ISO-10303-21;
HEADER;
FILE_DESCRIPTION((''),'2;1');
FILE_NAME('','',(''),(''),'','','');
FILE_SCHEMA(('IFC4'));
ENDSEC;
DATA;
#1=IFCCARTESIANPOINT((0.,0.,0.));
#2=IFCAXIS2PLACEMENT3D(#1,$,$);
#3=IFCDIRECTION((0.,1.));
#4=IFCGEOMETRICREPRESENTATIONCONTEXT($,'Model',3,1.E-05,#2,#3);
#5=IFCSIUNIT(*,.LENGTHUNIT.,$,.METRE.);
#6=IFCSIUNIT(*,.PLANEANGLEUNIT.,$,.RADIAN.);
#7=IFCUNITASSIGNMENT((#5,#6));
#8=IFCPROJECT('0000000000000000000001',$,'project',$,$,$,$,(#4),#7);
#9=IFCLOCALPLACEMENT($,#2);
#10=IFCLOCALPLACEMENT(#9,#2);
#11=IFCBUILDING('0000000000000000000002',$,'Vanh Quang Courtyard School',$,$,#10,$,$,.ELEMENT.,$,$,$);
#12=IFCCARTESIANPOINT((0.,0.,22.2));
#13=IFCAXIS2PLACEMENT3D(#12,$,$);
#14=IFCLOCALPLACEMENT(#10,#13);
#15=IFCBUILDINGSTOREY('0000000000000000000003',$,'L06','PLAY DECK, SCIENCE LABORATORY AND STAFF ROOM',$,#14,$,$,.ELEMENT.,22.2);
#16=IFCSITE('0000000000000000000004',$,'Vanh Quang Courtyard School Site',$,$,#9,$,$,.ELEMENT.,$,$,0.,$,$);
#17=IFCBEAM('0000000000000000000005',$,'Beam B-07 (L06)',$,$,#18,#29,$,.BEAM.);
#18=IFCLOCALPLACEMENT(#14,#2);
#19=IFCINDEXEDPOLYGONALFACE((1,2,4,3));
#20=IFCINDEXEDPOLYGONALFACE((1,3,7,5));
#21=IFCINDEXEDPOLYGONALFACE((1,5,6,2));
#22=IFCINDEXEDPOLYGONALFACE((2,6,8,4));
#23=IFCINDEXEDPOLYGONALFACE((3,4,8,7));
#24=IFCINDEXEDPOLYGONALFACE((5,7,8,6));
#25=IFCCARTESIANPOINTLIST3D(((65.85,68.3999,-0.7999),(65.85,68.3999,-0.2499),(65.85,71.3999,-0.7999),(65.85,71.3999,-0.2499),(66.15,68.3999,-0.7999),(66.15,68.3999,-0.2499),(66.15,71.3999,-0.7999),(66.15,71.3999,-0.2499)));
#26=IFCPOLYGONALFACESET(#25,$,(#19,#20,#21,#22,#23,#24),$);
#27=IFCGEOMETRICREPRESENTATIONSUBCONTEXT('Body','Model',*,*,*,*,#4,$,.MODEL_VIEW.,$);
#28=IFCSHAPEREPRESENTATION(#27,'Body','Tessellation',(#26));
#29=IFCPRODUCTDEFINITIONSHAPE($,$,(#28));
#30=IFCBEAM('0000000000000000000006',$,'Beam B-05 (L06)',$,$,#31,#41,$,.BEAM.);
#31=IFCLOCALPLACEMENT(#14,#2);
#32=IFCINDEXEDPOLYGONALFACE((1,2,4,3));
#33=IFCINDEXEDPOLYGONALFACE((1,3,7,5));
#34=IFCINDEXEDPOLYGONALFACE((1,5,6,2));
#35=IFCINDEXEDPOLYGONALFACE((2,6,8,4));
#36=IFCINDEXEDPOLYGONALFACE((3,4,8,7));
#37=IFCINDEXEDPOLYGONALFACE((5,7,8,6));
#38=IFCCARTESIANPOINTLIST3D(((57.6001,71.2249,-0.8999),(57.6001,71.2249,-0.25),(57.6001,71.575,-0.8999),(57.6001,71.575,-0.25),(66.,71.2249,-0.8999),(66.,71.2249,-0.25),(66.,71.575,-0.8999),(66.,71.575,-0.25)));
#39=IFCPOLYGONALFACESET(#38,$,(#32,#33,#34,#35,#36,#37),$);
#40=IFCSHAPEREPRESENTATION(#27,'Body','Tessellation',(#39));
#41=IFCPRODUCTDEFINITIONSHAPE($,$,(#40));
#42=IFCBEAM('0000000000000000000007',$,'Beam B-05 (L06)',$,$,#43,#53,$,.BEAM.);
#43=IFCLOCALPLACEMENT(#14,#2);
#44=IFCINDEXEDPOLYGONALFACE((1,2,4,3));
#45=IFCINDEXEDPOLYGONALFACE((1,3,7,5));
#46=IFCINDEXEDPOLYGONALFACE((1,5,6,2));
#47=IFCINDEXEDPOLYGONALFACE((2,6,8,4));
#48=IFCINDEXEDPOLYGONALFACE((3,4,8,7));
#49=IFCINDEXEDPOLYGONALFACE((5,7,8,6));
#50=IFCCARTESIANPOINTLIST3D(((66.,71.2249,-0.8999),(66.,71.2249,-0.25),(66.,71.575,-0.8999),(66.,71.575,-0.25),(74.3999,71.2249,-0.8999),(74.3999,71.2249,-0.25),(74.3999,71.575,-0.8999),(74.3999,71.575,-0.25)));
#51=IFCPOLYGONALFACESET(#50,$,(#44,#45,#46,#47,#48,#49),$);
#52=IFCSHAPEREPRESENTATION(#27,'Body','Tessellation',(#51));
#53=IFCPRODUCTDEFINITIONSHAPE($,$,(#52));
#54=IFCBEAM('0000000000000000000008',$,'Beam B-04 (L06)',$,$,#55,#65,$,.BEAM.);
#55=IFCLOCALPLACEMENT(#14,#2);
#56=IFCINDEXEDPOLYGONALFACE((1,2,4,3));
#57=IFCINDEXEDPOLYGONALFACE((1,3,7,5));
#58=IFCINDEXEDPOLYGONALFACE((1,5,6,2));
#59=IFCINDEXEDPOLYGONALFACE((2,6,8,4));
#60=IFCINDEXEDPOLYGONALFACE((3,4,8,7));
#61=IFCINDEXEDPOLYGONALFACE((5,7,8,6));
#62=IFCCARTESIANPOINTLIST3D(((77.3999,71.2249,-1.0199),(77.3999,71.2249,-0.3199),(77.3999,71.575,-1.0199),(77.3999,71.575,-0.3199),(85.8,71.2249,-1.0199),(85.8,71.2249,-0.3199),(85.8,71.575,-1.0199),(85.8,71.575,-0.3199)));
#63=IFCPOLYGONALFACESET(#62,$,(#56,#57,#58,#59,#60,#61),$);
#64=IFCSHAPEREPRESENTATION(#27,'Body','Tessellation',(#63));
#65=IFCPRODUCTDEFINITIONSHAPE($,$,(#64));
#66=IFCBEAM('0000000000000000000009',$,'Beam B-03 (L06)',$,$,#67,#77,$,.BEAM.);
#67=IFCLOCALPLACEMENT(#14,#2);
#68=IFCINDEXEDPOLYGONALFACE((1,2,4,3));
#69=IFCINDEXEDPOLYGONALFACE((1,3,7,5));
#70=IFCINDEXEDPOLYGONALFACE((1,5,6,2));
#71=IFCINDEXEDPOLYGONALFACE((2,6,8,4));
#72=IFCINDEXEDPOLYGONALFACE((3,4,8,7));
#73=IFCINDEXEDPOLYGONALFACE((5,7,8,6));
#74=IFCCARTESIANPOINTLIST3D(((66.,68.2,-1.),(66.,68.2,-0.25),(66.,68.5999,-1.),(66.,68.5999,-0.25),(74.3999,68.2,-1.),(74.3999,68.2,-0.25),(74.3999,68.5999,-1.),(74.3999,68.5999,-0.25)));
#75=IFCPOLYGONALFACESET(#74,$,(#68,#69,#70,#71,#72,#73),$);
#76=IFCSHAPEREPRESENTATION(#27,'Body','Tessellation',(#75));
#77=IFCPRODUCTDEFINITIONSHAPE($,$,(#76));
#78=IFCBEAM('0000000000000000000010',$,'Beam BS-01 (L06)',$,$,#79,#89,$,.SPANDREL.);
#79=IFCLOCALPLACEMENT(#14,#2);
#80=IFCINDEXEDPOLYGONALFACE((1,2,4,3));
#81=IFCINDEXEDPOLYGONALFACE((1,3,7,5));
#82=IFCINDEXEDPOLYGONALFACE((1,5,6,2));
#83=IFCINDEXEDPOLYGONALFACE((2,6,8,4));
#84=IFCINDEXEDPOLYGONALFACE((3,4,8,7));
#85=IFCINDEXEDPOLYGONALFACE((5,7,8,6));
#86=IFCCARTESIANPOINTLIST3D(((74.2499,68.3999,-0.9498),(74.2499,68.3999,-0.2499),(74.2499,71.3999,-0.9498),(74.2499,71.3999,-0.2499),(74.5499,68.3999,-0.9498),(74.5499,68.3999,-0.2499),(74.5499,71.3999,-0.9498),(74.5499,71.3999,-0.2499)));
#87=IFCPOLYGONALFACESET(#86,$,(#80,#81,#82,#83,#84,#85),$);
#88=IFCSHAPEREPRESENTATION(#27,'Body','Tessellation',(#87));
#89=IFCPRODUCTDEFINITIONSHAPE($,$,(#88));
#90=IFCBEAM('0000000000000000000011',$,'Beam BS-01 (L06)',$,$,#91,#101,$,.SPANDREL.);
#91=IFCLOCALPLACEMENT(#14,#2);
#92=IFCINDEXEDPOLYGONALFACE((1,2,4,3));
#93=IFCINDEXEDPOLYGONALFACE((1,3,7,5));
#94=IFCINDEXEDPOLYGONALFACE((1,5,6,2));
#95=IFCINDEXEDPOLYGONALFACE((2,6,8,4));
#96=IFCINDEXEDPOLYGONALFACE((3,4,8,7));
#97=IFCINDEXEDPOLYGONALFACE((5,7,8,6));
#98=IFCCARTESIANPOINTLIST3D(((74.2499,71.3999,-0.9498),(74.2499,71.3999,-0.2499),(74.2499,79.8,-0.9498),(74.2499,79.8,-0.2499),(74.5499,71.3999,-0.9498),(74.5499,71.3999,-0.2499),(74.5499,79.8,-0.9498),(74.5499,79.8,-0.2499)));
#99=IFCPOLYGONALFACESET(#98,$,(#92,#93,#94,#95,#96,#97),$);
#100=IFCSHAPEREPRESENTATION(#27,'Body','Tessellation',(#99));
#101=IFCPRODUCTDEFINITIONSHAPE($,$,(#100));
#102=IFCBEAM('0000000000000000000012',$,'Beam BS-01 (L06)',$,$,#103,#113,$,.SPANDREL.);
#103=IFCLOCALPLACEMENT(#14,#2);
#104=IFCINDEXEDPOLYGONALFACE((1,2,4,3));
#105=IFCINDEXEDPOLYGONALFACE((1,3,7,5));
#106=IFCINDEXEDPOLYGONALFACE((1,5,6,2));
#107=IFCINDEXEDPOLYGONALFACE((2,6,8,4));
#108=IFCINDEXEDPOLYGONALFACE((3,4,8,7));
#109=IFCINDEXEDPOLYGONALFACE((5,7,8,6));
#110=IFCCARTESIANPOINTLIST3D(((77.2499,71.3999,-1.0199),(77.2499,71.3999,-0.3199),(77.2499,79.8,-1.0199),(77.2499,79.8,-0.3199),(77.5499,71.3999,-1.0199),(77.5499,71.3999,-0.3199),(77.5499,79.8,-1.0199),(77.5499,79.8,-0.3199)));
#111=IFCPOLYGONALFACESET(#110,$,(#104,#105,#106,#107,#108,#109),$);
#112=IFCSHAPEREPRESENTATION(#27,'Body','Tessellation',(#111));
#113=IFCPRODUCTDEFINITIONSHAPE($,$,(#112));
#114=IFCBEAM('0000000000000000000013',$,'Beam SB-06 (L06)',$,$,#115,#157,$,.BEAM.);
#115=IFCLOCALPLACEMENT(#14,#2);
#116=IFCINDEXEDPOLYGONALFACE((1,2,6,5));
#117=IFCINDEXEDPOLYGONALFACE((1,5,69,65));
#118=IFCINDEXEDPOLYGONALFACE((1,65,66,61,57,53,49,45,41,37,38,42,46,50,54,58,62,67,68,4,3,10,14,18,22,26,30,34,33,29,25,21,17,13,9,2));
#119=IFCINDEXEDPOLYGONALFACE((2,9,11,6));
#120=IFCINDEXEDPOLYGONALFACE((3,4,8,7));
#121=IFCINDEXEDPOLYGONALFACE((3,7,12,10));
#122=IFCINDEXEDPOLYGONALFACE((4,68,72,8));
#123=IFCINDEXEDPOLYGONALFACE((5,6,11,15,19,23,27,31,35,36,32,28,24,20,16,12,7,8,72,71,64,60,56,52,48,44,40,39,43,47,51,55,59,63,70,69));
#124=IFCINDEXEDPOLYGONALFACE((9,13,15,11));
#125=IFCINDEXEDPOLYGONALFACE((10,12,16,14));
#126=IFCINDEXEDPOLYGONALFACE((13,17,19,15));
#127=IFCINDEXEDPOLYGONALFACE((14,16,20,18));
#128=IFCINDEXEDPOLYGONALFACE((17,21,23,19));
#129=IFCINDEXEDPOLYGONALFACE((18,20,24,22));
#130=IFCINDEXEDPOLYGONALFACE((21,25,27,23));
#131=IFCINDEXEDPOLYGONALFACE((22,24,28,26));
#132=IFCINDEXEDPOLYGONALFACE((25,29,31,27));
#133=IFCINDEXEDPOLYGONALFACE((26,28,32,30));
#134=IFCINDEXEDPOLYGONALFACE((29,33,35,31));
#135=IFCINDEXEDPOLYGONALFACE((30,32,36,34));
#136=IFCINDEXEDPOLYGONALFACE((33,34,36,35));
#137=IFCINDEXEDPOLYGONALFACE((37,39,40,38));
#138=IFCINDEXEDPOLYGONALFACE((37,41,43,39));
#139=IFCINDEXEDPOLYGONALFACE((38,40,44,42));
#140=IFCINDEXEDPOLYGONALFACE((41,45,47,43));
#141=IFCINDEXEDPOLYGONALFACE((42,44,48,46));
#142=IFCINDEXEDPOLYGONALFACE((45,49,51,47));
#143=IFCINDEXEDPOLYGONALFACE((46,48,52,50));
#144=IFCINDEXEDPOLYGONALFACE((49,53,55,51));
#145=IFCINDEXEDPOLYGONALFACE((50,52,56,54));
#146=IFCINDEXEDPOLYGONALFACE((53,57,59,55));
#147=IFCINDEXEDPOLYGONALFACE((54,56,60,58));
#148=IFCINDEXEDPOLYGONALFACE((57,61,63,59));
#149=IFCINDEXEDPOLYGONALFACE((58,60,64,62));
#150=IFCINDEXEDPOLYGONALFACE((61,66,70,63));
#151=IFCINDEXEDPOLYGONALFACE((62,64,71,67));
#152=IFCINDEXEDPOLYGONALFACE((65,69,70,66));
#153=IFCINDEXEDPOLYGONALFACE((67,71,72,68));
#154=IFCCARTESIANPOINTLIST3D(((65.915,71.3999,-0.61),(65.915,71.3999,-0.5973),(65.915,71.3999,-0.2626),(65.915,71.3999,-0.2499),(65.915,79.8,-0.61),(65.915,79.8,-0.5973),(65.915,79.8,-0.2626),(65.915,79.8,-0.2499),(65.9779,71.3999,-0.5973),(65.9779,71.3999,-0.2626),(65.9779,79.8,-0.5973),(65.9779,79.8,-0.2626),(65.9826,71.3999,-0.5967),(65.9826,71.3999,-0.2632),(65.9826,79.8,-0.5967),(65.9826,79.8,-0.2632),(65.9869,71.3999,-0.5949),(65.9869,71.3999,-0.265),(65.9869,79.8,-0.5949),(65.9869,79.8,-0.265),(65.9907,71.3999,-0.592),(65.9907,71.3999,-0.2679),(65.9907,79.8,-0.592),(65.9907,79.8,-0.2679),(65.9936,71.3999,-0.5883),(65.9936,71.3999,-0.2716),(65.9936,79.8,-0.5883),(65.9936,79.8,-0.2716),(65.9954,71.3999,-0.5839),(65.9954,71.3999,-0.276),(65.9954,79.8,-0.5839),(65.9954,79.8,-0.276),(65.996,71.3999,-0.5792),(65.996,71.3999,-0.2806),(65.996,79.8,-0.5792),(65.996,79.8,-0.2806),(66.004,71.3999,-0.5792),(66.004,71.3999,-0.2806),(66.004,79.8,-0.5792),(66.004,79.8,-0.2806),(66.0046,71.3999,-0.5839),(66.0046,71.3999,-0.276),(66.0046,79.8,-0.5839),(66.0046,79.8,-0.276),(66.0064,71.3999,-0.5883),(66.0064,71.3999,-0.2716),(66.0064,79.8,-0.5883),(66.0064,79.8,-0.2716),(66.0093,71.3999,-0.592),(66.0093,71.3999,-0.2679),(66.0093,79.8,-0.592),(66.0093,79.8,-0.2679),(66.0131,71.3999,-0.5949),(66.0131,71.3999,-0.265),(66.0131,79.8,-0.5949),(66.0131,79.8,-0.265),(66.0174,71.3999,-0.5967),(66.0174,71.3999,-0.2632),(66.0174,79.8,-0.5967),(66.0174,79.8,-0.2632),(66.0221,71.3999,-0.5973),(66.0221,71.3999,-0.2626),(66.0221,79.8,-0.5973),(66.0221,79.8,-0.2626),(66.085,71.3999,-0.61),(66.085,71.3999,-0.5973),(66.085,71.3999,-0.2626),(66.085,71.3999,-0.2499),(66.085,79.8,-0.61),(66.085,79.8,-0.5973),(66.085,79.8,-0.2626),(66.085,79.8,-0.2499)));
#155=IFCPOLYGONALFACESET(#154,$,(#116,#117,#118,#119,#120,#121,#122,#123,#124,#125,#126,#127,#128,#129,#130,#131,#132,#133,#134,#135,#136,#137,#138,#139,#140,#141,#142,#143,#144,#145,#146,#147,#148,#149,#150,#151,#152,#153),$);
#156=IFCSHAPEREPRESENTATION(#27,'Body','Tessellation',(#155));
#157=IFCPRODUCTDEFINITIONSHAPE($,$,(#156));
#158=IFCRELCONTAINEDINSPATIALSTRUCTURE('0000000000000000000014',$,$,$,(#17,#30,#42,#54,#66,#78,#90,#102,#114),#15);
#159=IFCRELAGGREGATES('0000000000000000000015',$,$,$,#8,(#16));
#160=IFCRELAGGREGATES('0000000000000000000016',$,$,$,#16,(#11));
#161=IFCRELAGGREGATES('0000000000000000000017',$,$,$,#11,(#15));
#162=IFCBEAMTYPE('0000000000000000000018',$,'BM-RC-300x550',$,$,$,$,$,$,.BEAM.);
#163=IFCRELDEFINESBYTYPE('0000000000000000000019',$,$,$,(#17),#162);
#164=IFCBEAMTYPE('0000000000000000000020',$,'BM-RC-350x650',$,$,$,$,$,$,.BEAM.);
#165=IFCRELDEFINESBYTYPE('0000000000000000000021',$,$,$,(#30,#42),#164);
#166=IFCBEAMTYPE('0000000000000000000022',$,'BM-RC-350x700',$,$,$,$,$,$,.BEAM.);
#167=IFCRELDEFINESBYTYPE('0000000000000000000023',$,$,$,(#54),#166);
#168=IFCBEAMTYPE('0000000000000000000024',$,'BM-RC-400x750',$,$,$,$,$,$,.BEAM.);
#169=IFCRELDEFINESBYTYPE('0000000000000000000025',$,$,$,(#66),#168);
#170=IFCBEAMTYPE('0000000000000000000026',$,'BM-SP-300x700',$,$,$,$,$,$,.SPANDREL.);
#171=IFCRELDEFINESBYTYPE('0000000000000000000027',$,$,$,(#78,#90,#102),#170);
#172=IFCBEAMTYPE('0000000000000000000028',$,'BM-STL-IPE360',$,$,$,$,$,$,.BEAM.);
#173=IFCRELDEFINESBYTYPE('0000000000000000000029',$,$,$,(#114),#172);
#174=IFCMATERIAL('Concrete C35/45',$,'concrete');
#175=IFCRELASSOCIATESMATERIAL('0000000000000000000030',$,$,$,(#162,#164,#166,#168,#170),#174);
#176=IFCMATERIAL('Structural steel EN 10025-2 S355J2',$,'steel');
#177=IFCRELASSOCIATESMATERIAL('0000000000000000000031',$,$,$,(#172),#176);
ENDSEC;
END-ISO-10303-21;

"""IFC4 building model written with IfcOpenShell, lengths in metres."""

from ifc_helpers import new_model, si_unit, direction, frame, origin, origin_2d, place, context, subcontext, project, spatial, rectangle, i_section, extrude, material, material_profile, profile_set, type_object, element, save


model = new_model("IFC4")

# Units and contexts
model_context = context("Model", 3, precision=1e-05, world=origin(), true_north=direction((0.0, 1.0)))
body_context = subcontext(model_context, "Body", "Model", "MODEL_VIEW")
ifc_project = project(units=[si_unit("LENGTHUNIT", "METRE"), si_unit("PLANEANGLEUNIT", "RADIAN")], contexts=[model_context])

# Site, building, storey
site_placement = place(None, origin())
site = spatial("IfcSite", under=ifc_project, at=site_placement, Name="Vanh Quang Courtyard School Site", CompositionType="ELEMENT", RefElevation=0.0)
building_placement = place(site_placement, origin())
building = spatial("IfcBuilding", under=site, at=building_placement, Name="Vanh Quang Courtyard School", CompositionType="ELEMENT")
storey_placement = place(building_placement, frame((0.0, 0.0, 22.2)))
storey = spatial("IfcBuildingStorey", under=building, at=storey_placement, Name="L06", Description="PLAY DECK, SCIENCE LABORATORY AND STAFF ROOM", CompositionType="ELEMENT", Elevation=22.2)

# Beams
ifc_material_1 = material(Name="Concrete C35/45", Category="concrete")
ifc_material_profile_1 = material_profile(ifc_material_1, rectangle(XDim=0.3, YDim=0.55, at=origin_2d()), Name="RC-BM 300x550")
ifc_profile_set_1 = profile_set([ifc_material_profile_1], Name="Concrete C35/45")
beam_type_1 = type_object("IfcBeamType", Name="BM-RC-300x550", PredefinedType="BEAM", material=ifc_profile_set_1)
beam_1_placement = place(storey_placement, frame((66.0, 68.3999, -0.5249), z_axis=(0.0, 1.0, 0.0), x_axis=(-1.0, 0.0, 0.0)))
element("IfcBeam", 1, at=beam_1_placement, inside=storey, type_object=beam_type_1, Name="Beam B-07 (L06)", PredefinedType="BEAM", context=body_context, shape_type="SweptSolid", body=[
    extrude(rectangle(XDim=0.3, YDim=0.55, at=origin_2d()), origin(), (0.0, 0.0, 1.0), 3.0),
])
ifc_material_profile_2 = material_profile(ifc_material_1, rectangle(XDim=0.3501, YDim=0.6499, at=origin_2d()), Name="RC-BM 350x650")
ifc_profile_set_2 = profile_set([ifc_material_profile_2], Name="Concrete C35/45")
beam_type_2 = type_object("IfcBeamType", Name="BM-RC-350x650", PredefinedType="BEAM", material=ifc_profile_set_2)
for number, where, z_axis, x_axis, name in (
    (2, (57.6001, 71.3999, -0.575), (1.0, 0.0, 0.0), (0.0, 1.0, 0.0), "Beam B-05 (L06)"),
    (3, (66.0, 71.3999, -0.575), (1.0, 0.0, 0.0), (0.0, 1.0, 0.0), "Beam B-05 (L06)"),
):
    element("IfcBeam", number, at=place(storey_placement, frame(where, z_axis=z_axis, x_axis=x_axis)), inside=storey, type_object=beam_type_2, Name=name, PredefinedType="BEAM", context=body_context, shape_type="SweptSolid", body=[
        extrude(rectangle(XDim=0.3501, YDim=0.6499, at=origin_2d()), origin(), (0.0, 0.0, 1.0), 8.3999),
    ])
ifc_material_profile_3 = material_profile(ifc_material_1, rectangle(XDim=0.3501, YDim=0.7, at=origin_2d()), Name="RC-BM 350x700")
ifc_profile_set_3 = profile_set([ifc_material_profile_3], Name="Concrete C35/45")
beam_type_3 = type_object("IfcBeamType", Name="BM-RC-350x700", PredefinedType="BEAM", material=ifc_profile_set_3)
beam_2_placement = place(storey_placement, frame((77.3999, 71.3999, -0.6699), z_axis=(1.0, 0.0, 0.0), x_axis=(0.0, 1.0, 0.0)))
element("IfcBeam", 4, at=beam_2_placement, inside=storey, type_object=beam_type_3, Name="Beam B-04 (L06)", PredefinedType="BEAM", context=body_context, shape_type="SweptSolid", body=[
    extrude(rectangle(XDim=0.3501, YDim=0.7, at=origin_2d()), origin(), (0.0, 0.0, 1.0), 8.4001),
])
ifc_material_profile_4 = material_profile(ifc_material_1, rectangle(XDim=0.3999, YDim=0.75, at=origin_2d()), Name="RC-BM 400x750")
ifc_profile_set_4 = profile_set([ifc_material_profile_4], Name="Concrete C35/45")
beam_type_4 = type_object("IfcBeamType", Name="BM-RC-400x750", PredefinedType="BEAM", material=ifc_profile_set_4)
beam_3_placement = place(storey_placement, frame((66.0, 68.3999, -0.625), z_axis=(1.0, 0.0, 0.0), x_axis=(0.0, 1.0, 0.0)))
element("IfcBeam", 5, at=beam_3_placement, inside=storey, type_object=beam_type_4, Name="Beam B-03 (L06)", PredefinedType="BEAM", context=body_context, shape_type="SweptSolid", body=[
    extrude(rectangle(XDim=0.3999, YDim=0.75, at=origin_2d()), origin(), (0.0, 0.0, 1.0), 8.3999),
])
ifc_material_profile_5 = material_profile(ifc_material_1, rectangle(XDim=0.3, YDim=0.7, at=origin_2d()), Name="RC-SP 300x700")
ifc_profile_set_5 = profile_set([ifc_material_profile_5], Name="Concrete C35/45")
beam_type_5 = type_object("IfcBeamType", Name="BM-SP-300x700", PredefinedType="SPANDREL", material=ifc_profile_set_5)
beam_4_placement = place(storey_placement, frame((74.3999, 68.3999, -0.5999), z_axis=(0.0, 1.0, 0.0), x_axis=(-1.0, 0.0, 0.0)))
element("IfcBeam", 6, at=beam_4_placement, inside=storey, type_object=beam_type_5, Name="Beam BS-01 (L06)", PredefinedType="SPANDREL", context=body_context, shape_type="SweptSolid", body=[
    extrude(rectangle(XDim=0.3, YDim=0.7, at=origin_2d()), origin(), (0.0, 0.0, 1.0), 3.0),
])
for number, where, z_axis, x_axis, name in (
    (7, (74.3999, 71.3999, -0.5999), (0.0, 1.0, 0.0), (-1.0, 0.0, 0.0), "Beam BS-01 (L06)"),
    (8, (77.3999, 71.3999, -0.6699), (0.0, 1.0, 0.0), (-1.0, 0.0, 0.0), "Beam BS-01 (L06)"),
):
    element("IfcBeam", number, at=place(storey_placement, frame(where, z_axis=z_axis, x_axis=x_axis)), inside=storey, type_object=beam_type_5, Name=name, PredefinedType="SPANDREL", context=body_context, shape_type="SweptSolid", body=[
        extrude(rectangle(XDim=0.3, YDim=0.7, at=origin_2d()), origin(), (0.0, 0.0, 1.0), 8.4001),
    ])
ifc_material_2 = material(Name="Structural steel EN 10025-2 S355J2", Category="steel")
ifc_material_profile_6 = material_profile(ifc_material_2, i_section(OverallWidth=0.1699, OverallDepth=0.3601, WebThickness=0.0081, FlangeThickness=0.0127, FilletRadius=0.0181, at=origin_2d()), Name="IPE 360")
ifc_profile_set_6 = profile_set([ifc_material_profile_6], Name="Structural steel EN 10025-2 S355J2")
beam_type_6 = type_object("IfcBeamType", Name="BM-STL-IPE360", PredefinedType="BEAM", material=ifc_profile_set_6)
beam_5_placement = place(storey_placement, frame((66.0, 71.3999, -0.4299), z_axis=(0.0, 1.0, 0.0), x_axis=(-1.0, 0.0, 0.0)))
element("IfcBeam", 9, at=beam_5_placement, inside=storey, type_object=beam_type_6, Name="Beam SB-06 (L06)", PredefinedType="BEAM", context=body_context, shape_type="SweptSolid", body=[
    extrude(i_section(OverallWidth=0.1699, OverallDepth=0.3601, WebThickness=0.0081, FlangeThickness=0.0127, FilletRadius=0.0181, at=origin_2d()), origin(), (0.0, 0.0, 1.0), 8.4001),
])

save(model, "model.ifc")
